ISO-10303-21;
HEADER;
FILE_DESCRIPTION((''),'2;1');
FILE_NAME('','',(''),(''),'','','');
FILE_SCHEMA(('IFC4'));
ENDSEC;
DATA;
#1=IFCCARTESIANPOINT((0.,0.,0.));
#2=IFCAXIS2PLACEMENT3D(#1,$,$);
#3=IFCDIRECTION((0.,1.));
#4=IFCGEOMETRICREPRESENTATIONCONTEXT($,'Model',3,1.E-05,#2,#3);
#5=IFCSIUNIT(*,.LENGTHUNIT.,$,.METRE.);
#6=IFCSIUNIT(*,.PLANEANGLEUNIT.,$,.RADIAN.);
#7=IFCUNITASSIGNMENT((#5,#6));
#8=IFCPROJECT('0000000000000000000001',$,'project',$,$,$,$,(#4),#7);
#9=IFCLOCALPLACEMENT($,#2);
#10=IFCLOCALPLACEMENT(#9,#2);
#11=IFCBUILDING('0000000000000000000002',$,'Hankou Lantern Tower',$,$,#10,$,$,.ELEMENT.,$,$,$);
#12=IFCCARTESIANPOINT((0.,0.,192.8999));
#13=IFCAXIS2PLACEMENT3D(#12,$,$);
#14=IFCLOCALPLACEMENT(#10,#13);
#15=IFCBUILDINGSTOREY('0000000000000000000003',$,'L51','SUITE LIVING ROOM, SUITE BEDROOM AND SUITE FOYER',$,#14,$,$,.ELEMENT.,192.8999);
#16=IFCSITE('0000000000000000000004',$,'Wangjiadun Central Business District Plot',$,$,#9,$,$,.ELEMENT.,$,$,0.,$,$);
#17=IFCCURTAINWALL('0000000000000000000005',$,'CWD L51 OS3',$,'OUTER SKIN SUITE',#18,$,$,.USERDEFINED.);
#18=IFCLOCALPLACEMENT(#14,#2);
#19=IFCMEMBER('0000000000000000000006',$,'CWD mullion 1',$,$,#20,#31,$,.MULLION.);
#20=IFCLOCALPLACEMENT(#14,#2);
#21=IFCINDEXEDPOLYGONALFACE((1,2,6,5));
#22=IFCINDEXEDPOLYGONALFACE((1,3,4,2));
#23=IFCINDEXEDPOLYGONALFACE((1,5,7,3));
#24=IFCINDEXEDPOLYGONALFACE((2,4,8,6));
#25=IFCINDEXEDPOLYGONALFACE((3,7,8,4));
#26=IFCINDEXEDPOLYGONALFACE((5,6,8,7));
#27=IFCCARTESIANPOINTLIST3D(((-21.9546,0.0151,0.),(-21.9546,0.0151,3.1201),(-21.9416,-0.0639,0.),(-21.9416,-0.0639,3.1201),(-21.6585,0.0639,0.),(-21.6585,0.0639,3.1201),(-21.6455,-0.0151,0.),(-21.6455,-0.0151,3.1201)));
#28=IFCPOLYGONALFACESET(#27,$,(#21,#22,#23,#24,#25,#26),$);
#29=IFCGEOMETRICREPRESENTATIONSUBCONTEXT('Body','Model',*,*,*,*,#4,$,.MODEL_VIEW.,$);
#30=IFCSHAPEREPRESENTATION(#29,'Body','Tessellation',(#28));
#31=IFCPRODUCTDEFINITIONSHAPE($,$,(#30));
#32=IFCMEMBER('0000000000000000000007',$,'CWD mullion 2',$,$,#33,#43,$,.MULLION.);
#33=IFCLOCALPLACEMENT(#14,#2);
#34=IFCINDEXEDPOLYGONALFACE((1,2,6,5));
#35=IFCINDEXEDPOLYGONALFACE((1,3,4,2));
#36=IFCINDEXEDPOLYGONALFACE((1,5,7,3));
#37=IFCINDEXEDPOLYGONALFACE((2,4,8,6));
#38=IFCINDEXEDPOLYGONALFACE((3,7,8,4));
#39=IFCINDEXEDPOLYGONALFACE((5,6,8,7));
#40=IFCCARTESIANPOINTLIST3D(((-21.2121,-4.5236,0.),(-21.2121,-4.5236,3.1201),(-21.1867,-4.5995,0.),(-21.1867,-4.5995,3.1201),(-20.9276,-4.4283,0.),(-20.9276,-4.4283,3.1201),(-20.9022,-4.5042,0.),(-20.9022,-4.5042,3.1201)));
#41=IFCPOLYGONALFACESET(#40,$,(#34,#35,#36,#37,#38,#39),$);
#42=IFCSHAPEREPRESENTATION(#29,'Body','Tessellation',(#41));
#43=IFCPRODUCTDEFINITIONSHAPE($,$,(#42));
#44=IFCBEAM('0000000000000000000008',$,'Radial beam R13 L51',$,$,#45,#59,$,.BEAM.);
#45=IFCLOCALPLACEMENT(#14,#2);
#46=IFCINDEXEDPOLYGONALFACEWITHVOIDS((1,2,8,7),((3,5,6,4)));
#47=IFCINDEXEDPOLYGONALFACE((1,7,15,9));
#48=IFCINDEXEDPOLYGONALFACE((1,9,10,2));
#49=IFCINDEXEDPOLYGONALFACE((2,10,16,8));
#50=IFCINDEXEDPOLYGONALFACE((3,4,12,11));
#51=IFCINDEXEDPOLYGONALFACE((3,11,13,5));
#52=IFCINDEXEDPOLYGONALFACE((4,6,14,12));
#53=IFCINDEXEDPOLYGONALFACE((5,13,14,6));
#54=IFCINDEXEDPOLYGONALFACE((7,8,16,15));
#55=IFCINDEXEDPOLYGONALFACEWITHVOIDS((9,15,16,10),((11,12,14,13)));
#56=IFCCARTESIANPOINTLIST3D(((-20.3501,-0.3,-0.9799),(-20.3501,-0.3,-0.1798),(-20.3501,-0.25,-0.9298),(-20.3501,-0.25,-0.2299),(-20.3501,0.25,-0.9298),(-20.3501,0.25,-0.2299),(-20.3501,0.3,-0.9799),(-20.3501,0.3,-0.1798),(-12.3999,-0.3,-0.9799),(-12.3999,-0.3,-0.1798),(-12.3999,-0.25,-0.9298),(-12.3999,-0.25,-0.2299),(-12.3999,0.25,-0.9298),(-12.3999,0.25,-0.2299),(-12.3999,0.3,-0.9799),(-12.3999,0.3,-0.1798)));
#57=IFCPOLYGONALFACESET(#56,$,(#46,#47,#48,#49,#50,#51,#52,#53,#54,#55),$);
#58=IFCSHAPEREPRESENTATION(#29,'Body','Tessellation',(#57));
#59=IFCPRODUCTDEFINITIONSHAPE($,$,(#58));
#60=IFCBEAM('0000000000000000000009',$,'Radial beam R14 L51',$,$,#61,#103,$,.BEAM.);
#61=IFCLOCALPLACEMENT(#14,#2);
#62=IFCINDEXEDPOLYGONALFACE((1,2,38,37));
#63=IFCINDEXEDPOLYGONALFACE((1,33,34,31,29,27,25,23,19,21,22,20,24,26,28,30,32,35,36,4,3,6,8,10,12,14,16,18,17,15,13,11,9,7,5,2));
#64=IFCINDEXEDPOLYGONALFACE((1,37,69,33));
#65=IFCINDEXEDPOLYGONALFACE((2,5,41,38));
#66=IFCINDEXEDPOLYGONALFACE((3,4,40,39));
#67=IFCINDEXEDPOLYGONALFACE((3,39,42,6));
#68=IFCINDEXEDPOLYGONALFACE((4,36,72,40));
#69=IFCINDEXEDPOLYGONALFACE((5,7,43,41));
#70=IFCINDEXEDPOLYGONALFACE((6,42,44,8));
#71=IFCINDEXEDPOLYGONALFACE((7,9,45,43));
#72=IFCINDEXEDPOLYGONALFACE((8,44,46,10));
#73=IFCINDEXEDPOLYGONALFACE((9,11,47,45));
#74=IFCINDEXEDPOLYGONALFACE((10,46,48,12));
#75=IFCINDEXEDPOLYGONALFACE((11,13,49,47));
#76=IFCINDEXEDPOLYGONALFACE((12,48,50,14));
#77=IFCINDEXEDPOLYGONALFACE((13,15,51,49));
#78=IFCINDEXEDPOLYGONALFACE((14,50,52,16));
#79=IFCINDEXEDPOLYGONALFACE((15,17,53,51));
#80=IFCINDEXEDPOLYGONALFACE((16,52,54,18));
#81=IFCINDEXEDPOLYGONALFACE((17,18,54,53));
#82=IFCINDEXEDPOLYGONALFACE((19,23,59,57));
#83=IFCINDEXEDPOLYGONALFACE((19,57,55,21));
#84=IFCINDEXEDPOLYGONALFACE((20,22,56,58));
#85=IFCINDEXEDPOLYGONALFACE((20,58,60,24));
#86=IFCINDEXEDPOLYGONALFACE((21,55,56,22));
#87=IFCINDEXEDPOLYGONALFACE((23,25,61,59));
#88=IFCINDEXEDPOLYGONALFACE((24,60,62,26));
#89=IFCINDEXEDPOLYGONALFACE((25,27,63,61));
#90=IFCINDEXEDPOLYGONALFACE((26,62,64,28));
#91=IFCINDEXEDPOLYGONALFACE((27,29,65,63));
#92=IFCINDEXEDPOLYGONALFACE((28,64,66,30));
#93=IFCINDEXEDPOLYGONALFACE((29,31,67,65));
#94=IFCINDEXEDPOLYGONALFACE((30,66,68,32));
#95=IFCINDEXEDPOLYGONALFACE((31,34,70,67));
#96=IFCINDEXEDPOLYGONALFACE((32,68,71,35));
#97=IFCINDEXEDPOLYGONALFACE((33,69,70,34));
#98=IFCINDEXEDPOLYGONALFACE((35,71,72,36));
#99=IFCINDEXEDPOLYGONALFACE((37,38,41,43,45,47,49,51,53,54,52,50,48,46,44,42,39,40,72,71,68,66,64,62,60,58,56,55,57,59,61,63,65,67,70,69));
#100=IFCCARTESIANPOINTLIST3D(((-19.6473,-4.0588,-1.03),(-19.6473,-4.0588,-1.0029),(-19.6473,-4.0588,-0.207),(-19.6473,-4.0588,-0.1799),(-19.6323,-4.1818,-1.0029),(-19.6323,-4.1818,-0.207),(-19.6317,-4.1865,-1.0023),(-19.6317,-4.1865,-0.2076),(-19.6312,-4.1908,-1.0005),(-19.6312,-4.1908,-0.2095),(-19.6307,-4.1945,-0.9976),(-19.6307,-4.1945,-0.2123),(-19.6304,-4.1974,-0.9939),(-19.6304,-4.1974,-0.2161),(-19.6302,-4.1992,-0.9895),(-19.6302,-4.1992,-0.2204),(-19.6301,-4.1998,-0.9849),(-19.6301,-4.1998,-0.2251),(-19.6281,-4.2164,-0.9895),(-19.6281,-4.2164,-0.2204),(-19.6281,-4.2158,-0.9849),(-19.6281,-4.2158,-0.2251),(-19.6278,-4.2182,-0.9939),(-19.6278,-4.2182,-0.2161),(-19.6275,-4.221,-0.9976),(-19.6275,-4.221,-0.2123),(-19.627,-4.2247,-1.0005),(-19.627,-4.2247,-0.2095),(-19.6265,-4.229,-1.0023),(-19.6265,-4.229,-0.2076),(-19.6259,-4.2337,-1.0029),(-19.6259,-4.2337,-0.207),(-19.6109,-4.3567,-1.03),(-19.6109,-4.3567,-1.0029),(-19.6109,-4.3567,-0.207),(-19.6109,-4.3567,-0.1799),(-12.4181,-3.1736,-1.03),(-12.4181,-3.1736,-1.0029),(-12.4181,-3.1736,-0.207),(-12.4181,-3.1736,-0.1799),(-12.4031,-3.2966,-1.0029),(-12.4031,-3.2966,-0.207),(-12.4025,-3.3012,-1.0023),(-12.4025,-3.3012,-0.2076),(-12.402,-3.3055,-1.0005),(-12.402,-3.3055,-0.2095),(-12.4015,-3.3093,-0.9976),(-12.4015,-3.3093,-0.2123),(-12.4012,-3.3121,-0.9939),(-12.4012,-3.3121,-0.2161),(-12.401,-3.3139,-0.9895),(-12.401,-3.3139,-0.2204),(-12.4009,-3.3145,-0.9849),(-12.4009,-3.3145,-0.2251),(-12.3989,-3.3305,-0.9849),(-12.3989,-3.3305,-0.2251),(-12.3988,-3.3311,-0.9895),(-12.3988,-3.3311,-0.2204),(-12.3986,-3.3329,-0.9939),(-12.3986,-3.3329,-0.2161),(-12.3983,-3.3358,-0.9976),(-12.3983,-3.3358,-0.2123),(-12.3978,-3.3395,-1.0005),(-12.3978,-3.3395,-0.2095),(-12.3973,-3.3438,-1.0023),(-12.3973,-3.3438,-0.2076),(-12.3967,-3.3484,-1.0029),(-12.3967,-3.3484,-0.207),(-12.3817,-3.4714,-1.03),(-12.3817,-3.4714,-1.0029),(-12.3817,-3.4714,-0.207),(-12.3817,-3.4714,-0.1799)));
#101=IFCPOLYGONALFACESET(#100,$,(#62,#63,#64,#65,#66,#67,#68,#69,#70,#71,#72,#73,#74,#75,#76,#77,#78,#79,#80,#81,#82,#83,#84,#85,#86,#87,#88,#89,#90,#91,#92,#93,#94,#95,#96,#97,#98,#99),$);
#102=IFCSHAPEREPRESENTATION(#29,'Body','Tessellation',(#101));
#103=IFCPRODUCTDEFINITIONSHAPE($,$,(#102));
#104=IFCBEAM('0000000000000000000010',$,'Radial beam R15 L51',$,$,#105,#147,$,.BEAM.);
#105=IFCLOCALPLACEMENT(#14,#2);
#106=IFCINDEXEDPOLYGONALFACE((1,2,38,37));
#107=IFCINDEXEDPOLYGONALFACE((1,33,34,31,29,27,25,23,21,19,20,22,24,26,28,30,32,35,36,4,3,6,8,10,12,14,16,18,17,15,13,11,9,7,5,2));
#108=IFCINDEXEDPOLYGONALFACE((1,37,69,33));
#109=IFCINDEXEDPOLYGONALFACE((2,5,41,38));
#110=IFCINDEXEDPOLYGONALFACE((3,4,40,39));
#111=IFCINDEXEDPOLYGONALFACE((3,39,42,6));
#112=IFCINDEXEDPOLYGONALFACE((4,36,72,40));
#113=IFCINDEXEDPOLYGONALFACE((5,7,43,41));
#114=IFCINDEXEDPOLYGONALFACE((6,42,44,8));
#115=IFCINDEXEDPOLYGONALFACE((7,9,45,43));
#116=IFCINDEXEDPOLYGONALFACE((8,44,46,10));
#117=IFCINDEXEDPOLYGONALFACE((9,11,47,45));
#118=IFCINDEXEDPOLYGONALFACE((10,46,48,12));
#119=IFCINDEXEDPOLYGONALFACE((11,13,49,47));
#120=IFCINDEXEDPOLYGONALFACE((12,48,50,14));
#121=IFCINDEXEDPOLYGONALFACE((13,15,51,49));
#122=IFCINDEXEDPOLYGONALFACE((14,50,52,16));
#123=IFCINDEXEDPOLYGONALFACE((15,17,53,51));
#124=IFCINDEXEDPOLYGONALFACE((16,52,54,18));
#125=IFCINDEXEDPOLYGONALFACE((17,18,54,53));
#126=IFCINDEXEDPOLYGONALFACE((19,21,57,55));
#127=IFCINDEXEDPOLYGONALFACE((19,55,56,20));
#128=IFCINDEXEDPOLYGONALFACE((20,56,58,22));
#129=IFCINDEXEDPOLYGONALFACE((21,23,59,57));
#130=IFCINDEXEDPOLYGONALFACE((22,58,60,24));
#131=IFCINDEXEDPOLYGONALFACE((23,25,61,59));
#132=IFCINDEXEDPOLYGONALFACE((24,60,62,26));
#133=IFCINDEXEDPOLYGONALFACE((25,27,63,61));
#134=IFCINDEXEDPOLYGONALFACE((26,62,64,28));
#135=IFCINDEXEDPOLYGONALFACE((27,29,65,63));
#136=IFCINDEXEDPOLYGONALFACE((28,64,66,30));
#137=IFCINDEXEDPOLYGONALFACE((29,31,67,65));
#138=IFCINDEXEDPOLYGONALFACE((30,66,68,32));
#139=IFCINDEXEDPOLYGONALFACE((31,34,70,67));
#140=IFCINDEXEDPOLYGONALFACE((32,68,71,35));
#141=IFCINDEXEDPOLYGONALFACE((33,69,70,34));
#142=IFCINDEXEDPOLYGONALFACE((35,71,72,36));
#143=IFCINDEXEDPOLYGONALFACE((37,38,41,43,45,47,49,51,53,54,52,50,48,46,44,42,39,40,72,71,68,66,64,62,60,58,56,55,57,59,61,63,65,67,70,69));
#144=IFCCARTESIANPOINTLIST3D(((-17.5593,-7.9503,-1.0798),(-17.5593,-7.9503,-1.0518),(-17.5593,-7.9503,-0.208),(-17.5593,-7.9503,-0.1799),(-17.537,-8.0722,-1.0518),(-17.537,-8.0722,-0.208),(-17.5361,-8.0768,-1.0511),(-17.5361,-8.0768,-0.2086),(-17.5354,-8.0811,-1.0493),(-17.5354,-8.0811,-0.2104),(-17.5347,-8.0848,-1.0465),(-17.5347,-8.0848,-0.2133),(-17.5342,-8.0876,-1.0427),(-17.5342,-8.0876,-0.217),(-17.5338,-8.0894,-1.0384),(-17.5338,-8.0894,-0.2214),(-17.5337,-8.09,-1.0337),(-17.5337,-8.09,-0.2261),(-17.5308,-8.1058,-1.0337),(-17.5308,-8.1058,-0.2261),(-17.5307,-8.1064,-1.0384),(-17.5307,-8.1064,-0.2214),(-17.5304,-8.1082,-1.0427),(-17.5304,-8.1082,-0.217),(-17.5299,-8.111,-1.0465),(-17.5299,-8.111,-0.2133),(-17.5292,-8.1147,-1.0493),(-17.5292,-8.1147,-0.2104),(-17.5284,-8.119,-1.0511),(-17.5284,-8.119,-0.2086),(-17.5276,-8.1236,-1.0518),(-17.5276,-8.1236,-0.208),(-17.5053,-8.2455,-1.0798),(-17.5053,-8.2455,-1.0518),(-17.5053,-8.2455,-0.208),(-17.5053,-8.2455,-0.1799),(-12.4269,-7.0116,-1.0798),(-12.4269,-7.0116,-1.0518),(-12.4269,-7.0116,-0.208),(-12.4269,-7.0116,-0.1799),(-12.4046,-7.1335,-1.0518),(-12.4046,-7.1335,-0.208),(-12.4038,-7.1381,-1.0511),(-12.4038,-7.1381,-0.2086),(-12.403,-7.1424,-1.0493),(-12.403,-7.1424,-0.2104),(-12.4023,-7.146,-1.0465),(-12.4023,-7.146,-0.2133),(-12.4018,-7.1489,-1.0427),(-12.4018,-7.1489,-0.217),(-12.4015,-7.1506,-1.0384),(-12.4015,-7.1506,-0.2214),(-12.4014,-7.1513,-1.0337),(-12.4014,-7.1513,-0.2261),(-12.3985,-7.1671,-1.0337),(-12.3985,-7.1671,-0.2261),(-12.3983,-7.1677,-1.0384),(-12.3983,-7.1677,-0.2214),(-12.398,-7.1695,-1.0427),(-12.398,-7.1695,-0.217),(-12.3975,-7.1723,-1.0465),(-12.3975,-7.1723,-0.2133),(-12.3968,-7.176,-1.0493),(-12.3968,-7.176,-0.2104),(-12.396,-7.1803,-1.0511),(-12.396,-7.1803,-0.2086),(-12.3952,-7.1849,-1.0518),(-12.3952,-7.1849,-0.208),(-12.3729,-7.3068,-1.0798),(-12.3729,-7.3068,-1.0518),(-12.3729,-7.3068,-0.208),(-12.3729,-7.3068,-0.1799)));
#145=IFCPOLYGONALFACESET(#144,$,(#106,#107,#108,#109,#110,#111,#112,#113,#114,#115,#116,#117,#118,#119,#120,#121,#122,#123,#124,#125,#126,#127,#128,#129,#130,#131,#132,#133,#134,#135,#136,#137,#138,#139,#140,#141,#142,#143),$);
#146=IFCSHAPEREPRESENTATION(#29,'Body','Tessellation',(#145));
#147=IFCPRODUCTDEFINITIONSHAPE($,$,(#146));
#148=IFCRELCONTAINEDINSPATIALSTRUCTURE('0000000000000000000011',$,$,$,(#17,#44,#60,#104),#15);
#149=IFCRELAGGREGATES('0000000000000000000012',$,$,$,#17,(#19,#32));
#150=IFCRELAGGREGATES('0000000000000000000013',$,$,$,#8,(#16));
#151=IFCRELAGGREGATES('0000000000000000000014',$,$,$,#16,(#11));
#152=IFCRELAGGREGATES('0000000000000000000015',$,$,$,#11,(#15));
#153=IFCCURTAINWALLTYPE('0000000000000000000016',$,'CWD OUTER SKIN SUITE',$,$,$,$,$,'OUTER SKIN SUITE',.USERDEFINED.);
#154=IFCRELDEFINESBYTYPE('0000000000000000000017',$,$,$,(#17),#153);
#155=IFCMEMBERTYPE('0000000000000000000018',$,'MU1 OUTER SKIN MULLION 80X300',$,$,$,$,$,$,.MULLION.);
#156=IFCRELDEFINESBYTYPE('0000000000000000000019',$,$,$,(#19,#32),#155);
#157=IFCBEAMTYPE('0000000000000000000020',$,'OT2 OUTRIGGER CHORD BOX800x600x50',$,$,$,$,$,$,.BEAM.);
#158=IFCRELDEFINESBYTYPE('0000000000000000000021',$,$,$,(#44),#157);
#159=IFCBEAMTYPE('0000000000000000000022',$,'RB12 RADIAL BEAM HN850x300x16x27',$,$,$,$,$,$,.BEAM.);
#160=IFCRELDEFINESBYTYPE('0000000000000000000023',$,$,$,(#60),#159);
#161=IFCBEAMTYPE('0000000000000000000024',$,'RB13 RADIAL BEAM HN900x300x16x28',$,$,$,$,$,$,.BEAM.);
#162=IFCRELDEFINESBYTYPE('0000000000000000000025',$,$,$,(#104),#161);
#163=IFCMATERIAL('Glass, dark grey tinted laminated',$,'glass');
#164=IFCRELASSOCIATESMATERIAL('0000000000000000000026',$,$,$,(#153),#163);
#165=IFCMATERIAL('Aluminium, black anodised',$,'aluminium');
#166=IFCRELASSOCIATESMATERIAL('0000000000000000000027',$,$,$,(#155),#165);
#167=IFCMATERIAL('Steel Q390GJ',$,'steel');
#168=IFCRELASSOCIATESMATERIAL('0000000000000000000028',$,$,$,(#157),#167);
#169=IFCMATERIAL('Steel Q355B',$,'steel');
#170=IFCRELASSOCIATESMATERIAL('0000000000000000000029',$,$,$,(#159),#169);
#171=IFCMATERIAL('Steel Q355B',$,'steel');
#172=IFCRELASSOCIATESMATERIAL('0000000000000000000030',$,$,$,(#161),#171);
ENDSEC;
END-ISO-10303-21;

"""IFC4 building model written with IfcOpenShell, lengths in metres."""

from ifc_helpers import new_model, si_unit, direction, frame, origin, origin_2d, place, context, subcontext, project, spatial, rectangle, hollow_rectangle, i_section, extrude, material, material_profile, profile_set, type_object, element, aggregate, save


model = new_model("IFC4")

# Units and contexts
model_context = context("Model", 3, precision=1e-05, world=origin(), true_north=direction((0.0, 1.0)))
body_context = subcontext(model_context, "Body", "Model", "MODEL_VIEW")
ifc_project = project(units=[si_unit("LENGTHUNIT", "METRE"), si_unit("PLANEANGLEUNIT", "RADIAN")], contexts=[model_context])

# Site, building, storey
site_placement = place(None, origin())
site = spatial("IfcSite", under=ifc_project, at=site_placement, Name="Wangjiadun Central Business District Plot", CompositionType="ELEMENT", RefElevation=0.0)
building_placement = place(site_placement, origin())
building = spatial("IfcBuilding", under=site, at=building_placement, Name="Hankou Lantern Tower", CompositionType="ELEMENT")
storey_placement = place(building_placement, frame((0.0, 0.0, 192.8999)))
storey = spatial("IfcBuildingStorey", under=building, at=storey_placement, Name="L51", Description="SUITE LIVING ROOM, SUITE BEDROOM AND SUITE FOYER", CompositionType="ELEMENT", Elevation=192.8999)

# Curtain wall, members
ifc_material_1 = material(Name="Glass, dark grey tinted laminated", Category="glass")
curtain_wall_type = type_object("IfcCurtainWallType", Name="CWD OUTER SKIN SUITE", ElementType="OUTER SKIN SUITE", PredefinedType="USERDEFINED", material=ifc_material_1)
curtain_wall_placement = place(storey_placement, origin())
curtain_wall = element("IfcCurtainWall", 1, at=curtain_wall_placement, inside=storey, type_object=curtain_wall_type, Name="CWD L51 OS3", ObjectType="OUTER SKIN SUITE", PredefinedType="USERDEFINED")
ifc_material_2 = material(Name="Aluminium, black anodised", Category="aluminium")
ifc_material_profile_1 = material_profile(ifc_material_2, rectangle(XDim=0.0801, YDim=0.3, at=origin_2d()), Name="MU1 80X300")
ifc_profile_set_1 = profile_set([ifc_material_profile_1], Name="Aluminium, black anodised")
member_type_1 = type_object("IfcMemberType", Name="MU1 OUTER SKIN MULLION 80X300", PredefinedType="MULLION", material=ifc_profile_set_1)
member_1_placement = place(storey_placement, frame((-21.8, 0.0, 0.0), z_axis=(0.0, 0.0, 1.0), x_axis=(0.162382, -0.986728, 0.0)))
member_1 = element("IfcMember", 2, at=member_1_placement, type_object=member_type_1, Name="CWD mullion 1", PredefinedType="MULLION", context=body_context, shape_type="SweptSolid", body=[
    extrude(rectangle(XDim=0.0801, YDim=0.3, at=origin_2d()), origin(), (0.0, 0.0, 1.0), 3.1201),
])
member_2_placement = place(storey_placement, frame((-21.0571, -4.5139, 0.0), z_axis=(0.0, 0.0, 1.0), x_axis=(0.317596, -0.948226, 0.0)))
member_2 = element("IfcMember", 3, at=member_2_placement, type_object=member_type_1, Name="CWD mullion 2", PredefinedType="MULLION", context=body_context, shape_type="SweptSolid", body=[
    extrude(rectangle(XDim=0.0801, YDim=0.3, at=origin_2d()), origin(), (0.0, 0.0, 1.0), 3.1201),
])

# Beams
ifc_material_3 = material(Name="Steel Q390GJ", Category="steel")
ifc_material_profile_2 = material_profile(ifc_material_3, hollow_rectangle(XDim=0.6001, YDim=0.8, WallThickness=0.05, at=origin_2d()), Name="BOX800x600x50")
ifc_profile_set_2 = profile_set([ifc_material_profile_2], Name="Steel Q390GJ")
beam_type_1 = type_object("IfcBeamType", Name="OT2 OUTRIGGER CHORD BOX800x600x50", PredefinedType="BEAM", material=ifc_profile_set_2)
beam_1_placement = place(storey_placement, frame((-12.3999, 0.0, -0.5798), z_axis=(-1.0, 0.0, 0.0), x_axis=(0.0, -1.0, 0.0)))
element("IfcBeam", 4, at=beam_1_placement, inside=storey, type_object=beam_type_1, Name="Radial beam R13 L51", PredefinedType="BEAM", context=body_context, shape_type="SweptSolid", body=[
    extrude(hollow_rectangle(XDim=0.6001, YDim=0.8, WallThickness=0.05, at=origin_2d()), origin(), (0.0, 0.0, 1.0), 7.9502),
])
ifc_material_4 = material(Name="Steel Q355B", Category="steel")
ifc_material_profile_3 = material_profile(ifc_material_4, i_section(OverallWidth=0.3, OverallDepth=0.8501, WebThickness=0.0161, FlangeThickness=0.0271, FilletRadius=0.0181, at=origin_2d()), Name="HN850x300x16x27")
ifc_profile_set_3 = profile_set([ifc_material_profile_3], Name="Steel Q355B")
beam_type_2 = type_object("IfcBeamType", Name="RB12 RADIAL BEAM HN850x300x16x27", PredefinedType="BEAM", material=ifc_profile_set_3)
beam_2_placement = place(storey_placement, frame((-12.3999, -3.3225, -0.605), z_axis=(-0.992586, -0.121547, 0.0), x_axis=(0.121547, -0.992586, 0.0)))
element("IfcBeam", 5, at=beam_2_placement, inside=storey, type_object=beam_type_2, Name="Radial beam R14 L51", PredefinedType="BEAM", context=body_context, shape_type="SweptSolid", body=[
    extrude(i_section(OverallWidth=0.3, OverallDepth=0.8501, WebThickness=0.0161, FlangeThickness=0.0271, FilletRadius=0.0181, at=origin_2d()), origin(), (0.0, 0.0, 1.0), 7.2832),
])
ifc_material_5 = material(Name="Steel Q355B", Category="steel")
ifc_material_profile_4 = material_profile(ifc_material_5, i_section(OverallWidth=0.3, OverallDepth=0.8999, WebThickness=0.0161, FlangeThickness=0.0281, FilletRadius=0.0181, at=origin_2d()), Name="HN900x300x16x28")
ifc_profile_set_4 = profile_set([ifc_material_profile_4], Name="Steel Q355B")
beam_type_3 = type_object("IfcBeamType", Name="RB13 RADIAL BEAM HN900x300x16x28", PredefinedType="BEAM", material=ifc_profile_set_4)
beam_3_placement = place(storey_placement, frame((-12.3999, -7.1592, -0.6299), z_axis=(-0.983681, -0.179919, 0.0), x_axis=(0.179919, -0.983681, 0.0)))
element("IfcBeam", 6, at=beam_3_placement, inside=storey, type_object=beam_type_3, Name="Radial beam R15 L51", PredefinedType="BEAM", context=body_context, shape_type="SweptSolid", body=[
    extrude(i_section(OverallWidth=0.3, OverallDepth=0.8999, WebThickness=0.0161, FlangeThickness=0.0281, FilletRadius=0.0181, at=origin_2d()), origin(), (0.0, 0.0, 1.0), 5.2175),
])

aggregate(curtain_wall, [member_1, member_2])

save(model, "model.ifc")
